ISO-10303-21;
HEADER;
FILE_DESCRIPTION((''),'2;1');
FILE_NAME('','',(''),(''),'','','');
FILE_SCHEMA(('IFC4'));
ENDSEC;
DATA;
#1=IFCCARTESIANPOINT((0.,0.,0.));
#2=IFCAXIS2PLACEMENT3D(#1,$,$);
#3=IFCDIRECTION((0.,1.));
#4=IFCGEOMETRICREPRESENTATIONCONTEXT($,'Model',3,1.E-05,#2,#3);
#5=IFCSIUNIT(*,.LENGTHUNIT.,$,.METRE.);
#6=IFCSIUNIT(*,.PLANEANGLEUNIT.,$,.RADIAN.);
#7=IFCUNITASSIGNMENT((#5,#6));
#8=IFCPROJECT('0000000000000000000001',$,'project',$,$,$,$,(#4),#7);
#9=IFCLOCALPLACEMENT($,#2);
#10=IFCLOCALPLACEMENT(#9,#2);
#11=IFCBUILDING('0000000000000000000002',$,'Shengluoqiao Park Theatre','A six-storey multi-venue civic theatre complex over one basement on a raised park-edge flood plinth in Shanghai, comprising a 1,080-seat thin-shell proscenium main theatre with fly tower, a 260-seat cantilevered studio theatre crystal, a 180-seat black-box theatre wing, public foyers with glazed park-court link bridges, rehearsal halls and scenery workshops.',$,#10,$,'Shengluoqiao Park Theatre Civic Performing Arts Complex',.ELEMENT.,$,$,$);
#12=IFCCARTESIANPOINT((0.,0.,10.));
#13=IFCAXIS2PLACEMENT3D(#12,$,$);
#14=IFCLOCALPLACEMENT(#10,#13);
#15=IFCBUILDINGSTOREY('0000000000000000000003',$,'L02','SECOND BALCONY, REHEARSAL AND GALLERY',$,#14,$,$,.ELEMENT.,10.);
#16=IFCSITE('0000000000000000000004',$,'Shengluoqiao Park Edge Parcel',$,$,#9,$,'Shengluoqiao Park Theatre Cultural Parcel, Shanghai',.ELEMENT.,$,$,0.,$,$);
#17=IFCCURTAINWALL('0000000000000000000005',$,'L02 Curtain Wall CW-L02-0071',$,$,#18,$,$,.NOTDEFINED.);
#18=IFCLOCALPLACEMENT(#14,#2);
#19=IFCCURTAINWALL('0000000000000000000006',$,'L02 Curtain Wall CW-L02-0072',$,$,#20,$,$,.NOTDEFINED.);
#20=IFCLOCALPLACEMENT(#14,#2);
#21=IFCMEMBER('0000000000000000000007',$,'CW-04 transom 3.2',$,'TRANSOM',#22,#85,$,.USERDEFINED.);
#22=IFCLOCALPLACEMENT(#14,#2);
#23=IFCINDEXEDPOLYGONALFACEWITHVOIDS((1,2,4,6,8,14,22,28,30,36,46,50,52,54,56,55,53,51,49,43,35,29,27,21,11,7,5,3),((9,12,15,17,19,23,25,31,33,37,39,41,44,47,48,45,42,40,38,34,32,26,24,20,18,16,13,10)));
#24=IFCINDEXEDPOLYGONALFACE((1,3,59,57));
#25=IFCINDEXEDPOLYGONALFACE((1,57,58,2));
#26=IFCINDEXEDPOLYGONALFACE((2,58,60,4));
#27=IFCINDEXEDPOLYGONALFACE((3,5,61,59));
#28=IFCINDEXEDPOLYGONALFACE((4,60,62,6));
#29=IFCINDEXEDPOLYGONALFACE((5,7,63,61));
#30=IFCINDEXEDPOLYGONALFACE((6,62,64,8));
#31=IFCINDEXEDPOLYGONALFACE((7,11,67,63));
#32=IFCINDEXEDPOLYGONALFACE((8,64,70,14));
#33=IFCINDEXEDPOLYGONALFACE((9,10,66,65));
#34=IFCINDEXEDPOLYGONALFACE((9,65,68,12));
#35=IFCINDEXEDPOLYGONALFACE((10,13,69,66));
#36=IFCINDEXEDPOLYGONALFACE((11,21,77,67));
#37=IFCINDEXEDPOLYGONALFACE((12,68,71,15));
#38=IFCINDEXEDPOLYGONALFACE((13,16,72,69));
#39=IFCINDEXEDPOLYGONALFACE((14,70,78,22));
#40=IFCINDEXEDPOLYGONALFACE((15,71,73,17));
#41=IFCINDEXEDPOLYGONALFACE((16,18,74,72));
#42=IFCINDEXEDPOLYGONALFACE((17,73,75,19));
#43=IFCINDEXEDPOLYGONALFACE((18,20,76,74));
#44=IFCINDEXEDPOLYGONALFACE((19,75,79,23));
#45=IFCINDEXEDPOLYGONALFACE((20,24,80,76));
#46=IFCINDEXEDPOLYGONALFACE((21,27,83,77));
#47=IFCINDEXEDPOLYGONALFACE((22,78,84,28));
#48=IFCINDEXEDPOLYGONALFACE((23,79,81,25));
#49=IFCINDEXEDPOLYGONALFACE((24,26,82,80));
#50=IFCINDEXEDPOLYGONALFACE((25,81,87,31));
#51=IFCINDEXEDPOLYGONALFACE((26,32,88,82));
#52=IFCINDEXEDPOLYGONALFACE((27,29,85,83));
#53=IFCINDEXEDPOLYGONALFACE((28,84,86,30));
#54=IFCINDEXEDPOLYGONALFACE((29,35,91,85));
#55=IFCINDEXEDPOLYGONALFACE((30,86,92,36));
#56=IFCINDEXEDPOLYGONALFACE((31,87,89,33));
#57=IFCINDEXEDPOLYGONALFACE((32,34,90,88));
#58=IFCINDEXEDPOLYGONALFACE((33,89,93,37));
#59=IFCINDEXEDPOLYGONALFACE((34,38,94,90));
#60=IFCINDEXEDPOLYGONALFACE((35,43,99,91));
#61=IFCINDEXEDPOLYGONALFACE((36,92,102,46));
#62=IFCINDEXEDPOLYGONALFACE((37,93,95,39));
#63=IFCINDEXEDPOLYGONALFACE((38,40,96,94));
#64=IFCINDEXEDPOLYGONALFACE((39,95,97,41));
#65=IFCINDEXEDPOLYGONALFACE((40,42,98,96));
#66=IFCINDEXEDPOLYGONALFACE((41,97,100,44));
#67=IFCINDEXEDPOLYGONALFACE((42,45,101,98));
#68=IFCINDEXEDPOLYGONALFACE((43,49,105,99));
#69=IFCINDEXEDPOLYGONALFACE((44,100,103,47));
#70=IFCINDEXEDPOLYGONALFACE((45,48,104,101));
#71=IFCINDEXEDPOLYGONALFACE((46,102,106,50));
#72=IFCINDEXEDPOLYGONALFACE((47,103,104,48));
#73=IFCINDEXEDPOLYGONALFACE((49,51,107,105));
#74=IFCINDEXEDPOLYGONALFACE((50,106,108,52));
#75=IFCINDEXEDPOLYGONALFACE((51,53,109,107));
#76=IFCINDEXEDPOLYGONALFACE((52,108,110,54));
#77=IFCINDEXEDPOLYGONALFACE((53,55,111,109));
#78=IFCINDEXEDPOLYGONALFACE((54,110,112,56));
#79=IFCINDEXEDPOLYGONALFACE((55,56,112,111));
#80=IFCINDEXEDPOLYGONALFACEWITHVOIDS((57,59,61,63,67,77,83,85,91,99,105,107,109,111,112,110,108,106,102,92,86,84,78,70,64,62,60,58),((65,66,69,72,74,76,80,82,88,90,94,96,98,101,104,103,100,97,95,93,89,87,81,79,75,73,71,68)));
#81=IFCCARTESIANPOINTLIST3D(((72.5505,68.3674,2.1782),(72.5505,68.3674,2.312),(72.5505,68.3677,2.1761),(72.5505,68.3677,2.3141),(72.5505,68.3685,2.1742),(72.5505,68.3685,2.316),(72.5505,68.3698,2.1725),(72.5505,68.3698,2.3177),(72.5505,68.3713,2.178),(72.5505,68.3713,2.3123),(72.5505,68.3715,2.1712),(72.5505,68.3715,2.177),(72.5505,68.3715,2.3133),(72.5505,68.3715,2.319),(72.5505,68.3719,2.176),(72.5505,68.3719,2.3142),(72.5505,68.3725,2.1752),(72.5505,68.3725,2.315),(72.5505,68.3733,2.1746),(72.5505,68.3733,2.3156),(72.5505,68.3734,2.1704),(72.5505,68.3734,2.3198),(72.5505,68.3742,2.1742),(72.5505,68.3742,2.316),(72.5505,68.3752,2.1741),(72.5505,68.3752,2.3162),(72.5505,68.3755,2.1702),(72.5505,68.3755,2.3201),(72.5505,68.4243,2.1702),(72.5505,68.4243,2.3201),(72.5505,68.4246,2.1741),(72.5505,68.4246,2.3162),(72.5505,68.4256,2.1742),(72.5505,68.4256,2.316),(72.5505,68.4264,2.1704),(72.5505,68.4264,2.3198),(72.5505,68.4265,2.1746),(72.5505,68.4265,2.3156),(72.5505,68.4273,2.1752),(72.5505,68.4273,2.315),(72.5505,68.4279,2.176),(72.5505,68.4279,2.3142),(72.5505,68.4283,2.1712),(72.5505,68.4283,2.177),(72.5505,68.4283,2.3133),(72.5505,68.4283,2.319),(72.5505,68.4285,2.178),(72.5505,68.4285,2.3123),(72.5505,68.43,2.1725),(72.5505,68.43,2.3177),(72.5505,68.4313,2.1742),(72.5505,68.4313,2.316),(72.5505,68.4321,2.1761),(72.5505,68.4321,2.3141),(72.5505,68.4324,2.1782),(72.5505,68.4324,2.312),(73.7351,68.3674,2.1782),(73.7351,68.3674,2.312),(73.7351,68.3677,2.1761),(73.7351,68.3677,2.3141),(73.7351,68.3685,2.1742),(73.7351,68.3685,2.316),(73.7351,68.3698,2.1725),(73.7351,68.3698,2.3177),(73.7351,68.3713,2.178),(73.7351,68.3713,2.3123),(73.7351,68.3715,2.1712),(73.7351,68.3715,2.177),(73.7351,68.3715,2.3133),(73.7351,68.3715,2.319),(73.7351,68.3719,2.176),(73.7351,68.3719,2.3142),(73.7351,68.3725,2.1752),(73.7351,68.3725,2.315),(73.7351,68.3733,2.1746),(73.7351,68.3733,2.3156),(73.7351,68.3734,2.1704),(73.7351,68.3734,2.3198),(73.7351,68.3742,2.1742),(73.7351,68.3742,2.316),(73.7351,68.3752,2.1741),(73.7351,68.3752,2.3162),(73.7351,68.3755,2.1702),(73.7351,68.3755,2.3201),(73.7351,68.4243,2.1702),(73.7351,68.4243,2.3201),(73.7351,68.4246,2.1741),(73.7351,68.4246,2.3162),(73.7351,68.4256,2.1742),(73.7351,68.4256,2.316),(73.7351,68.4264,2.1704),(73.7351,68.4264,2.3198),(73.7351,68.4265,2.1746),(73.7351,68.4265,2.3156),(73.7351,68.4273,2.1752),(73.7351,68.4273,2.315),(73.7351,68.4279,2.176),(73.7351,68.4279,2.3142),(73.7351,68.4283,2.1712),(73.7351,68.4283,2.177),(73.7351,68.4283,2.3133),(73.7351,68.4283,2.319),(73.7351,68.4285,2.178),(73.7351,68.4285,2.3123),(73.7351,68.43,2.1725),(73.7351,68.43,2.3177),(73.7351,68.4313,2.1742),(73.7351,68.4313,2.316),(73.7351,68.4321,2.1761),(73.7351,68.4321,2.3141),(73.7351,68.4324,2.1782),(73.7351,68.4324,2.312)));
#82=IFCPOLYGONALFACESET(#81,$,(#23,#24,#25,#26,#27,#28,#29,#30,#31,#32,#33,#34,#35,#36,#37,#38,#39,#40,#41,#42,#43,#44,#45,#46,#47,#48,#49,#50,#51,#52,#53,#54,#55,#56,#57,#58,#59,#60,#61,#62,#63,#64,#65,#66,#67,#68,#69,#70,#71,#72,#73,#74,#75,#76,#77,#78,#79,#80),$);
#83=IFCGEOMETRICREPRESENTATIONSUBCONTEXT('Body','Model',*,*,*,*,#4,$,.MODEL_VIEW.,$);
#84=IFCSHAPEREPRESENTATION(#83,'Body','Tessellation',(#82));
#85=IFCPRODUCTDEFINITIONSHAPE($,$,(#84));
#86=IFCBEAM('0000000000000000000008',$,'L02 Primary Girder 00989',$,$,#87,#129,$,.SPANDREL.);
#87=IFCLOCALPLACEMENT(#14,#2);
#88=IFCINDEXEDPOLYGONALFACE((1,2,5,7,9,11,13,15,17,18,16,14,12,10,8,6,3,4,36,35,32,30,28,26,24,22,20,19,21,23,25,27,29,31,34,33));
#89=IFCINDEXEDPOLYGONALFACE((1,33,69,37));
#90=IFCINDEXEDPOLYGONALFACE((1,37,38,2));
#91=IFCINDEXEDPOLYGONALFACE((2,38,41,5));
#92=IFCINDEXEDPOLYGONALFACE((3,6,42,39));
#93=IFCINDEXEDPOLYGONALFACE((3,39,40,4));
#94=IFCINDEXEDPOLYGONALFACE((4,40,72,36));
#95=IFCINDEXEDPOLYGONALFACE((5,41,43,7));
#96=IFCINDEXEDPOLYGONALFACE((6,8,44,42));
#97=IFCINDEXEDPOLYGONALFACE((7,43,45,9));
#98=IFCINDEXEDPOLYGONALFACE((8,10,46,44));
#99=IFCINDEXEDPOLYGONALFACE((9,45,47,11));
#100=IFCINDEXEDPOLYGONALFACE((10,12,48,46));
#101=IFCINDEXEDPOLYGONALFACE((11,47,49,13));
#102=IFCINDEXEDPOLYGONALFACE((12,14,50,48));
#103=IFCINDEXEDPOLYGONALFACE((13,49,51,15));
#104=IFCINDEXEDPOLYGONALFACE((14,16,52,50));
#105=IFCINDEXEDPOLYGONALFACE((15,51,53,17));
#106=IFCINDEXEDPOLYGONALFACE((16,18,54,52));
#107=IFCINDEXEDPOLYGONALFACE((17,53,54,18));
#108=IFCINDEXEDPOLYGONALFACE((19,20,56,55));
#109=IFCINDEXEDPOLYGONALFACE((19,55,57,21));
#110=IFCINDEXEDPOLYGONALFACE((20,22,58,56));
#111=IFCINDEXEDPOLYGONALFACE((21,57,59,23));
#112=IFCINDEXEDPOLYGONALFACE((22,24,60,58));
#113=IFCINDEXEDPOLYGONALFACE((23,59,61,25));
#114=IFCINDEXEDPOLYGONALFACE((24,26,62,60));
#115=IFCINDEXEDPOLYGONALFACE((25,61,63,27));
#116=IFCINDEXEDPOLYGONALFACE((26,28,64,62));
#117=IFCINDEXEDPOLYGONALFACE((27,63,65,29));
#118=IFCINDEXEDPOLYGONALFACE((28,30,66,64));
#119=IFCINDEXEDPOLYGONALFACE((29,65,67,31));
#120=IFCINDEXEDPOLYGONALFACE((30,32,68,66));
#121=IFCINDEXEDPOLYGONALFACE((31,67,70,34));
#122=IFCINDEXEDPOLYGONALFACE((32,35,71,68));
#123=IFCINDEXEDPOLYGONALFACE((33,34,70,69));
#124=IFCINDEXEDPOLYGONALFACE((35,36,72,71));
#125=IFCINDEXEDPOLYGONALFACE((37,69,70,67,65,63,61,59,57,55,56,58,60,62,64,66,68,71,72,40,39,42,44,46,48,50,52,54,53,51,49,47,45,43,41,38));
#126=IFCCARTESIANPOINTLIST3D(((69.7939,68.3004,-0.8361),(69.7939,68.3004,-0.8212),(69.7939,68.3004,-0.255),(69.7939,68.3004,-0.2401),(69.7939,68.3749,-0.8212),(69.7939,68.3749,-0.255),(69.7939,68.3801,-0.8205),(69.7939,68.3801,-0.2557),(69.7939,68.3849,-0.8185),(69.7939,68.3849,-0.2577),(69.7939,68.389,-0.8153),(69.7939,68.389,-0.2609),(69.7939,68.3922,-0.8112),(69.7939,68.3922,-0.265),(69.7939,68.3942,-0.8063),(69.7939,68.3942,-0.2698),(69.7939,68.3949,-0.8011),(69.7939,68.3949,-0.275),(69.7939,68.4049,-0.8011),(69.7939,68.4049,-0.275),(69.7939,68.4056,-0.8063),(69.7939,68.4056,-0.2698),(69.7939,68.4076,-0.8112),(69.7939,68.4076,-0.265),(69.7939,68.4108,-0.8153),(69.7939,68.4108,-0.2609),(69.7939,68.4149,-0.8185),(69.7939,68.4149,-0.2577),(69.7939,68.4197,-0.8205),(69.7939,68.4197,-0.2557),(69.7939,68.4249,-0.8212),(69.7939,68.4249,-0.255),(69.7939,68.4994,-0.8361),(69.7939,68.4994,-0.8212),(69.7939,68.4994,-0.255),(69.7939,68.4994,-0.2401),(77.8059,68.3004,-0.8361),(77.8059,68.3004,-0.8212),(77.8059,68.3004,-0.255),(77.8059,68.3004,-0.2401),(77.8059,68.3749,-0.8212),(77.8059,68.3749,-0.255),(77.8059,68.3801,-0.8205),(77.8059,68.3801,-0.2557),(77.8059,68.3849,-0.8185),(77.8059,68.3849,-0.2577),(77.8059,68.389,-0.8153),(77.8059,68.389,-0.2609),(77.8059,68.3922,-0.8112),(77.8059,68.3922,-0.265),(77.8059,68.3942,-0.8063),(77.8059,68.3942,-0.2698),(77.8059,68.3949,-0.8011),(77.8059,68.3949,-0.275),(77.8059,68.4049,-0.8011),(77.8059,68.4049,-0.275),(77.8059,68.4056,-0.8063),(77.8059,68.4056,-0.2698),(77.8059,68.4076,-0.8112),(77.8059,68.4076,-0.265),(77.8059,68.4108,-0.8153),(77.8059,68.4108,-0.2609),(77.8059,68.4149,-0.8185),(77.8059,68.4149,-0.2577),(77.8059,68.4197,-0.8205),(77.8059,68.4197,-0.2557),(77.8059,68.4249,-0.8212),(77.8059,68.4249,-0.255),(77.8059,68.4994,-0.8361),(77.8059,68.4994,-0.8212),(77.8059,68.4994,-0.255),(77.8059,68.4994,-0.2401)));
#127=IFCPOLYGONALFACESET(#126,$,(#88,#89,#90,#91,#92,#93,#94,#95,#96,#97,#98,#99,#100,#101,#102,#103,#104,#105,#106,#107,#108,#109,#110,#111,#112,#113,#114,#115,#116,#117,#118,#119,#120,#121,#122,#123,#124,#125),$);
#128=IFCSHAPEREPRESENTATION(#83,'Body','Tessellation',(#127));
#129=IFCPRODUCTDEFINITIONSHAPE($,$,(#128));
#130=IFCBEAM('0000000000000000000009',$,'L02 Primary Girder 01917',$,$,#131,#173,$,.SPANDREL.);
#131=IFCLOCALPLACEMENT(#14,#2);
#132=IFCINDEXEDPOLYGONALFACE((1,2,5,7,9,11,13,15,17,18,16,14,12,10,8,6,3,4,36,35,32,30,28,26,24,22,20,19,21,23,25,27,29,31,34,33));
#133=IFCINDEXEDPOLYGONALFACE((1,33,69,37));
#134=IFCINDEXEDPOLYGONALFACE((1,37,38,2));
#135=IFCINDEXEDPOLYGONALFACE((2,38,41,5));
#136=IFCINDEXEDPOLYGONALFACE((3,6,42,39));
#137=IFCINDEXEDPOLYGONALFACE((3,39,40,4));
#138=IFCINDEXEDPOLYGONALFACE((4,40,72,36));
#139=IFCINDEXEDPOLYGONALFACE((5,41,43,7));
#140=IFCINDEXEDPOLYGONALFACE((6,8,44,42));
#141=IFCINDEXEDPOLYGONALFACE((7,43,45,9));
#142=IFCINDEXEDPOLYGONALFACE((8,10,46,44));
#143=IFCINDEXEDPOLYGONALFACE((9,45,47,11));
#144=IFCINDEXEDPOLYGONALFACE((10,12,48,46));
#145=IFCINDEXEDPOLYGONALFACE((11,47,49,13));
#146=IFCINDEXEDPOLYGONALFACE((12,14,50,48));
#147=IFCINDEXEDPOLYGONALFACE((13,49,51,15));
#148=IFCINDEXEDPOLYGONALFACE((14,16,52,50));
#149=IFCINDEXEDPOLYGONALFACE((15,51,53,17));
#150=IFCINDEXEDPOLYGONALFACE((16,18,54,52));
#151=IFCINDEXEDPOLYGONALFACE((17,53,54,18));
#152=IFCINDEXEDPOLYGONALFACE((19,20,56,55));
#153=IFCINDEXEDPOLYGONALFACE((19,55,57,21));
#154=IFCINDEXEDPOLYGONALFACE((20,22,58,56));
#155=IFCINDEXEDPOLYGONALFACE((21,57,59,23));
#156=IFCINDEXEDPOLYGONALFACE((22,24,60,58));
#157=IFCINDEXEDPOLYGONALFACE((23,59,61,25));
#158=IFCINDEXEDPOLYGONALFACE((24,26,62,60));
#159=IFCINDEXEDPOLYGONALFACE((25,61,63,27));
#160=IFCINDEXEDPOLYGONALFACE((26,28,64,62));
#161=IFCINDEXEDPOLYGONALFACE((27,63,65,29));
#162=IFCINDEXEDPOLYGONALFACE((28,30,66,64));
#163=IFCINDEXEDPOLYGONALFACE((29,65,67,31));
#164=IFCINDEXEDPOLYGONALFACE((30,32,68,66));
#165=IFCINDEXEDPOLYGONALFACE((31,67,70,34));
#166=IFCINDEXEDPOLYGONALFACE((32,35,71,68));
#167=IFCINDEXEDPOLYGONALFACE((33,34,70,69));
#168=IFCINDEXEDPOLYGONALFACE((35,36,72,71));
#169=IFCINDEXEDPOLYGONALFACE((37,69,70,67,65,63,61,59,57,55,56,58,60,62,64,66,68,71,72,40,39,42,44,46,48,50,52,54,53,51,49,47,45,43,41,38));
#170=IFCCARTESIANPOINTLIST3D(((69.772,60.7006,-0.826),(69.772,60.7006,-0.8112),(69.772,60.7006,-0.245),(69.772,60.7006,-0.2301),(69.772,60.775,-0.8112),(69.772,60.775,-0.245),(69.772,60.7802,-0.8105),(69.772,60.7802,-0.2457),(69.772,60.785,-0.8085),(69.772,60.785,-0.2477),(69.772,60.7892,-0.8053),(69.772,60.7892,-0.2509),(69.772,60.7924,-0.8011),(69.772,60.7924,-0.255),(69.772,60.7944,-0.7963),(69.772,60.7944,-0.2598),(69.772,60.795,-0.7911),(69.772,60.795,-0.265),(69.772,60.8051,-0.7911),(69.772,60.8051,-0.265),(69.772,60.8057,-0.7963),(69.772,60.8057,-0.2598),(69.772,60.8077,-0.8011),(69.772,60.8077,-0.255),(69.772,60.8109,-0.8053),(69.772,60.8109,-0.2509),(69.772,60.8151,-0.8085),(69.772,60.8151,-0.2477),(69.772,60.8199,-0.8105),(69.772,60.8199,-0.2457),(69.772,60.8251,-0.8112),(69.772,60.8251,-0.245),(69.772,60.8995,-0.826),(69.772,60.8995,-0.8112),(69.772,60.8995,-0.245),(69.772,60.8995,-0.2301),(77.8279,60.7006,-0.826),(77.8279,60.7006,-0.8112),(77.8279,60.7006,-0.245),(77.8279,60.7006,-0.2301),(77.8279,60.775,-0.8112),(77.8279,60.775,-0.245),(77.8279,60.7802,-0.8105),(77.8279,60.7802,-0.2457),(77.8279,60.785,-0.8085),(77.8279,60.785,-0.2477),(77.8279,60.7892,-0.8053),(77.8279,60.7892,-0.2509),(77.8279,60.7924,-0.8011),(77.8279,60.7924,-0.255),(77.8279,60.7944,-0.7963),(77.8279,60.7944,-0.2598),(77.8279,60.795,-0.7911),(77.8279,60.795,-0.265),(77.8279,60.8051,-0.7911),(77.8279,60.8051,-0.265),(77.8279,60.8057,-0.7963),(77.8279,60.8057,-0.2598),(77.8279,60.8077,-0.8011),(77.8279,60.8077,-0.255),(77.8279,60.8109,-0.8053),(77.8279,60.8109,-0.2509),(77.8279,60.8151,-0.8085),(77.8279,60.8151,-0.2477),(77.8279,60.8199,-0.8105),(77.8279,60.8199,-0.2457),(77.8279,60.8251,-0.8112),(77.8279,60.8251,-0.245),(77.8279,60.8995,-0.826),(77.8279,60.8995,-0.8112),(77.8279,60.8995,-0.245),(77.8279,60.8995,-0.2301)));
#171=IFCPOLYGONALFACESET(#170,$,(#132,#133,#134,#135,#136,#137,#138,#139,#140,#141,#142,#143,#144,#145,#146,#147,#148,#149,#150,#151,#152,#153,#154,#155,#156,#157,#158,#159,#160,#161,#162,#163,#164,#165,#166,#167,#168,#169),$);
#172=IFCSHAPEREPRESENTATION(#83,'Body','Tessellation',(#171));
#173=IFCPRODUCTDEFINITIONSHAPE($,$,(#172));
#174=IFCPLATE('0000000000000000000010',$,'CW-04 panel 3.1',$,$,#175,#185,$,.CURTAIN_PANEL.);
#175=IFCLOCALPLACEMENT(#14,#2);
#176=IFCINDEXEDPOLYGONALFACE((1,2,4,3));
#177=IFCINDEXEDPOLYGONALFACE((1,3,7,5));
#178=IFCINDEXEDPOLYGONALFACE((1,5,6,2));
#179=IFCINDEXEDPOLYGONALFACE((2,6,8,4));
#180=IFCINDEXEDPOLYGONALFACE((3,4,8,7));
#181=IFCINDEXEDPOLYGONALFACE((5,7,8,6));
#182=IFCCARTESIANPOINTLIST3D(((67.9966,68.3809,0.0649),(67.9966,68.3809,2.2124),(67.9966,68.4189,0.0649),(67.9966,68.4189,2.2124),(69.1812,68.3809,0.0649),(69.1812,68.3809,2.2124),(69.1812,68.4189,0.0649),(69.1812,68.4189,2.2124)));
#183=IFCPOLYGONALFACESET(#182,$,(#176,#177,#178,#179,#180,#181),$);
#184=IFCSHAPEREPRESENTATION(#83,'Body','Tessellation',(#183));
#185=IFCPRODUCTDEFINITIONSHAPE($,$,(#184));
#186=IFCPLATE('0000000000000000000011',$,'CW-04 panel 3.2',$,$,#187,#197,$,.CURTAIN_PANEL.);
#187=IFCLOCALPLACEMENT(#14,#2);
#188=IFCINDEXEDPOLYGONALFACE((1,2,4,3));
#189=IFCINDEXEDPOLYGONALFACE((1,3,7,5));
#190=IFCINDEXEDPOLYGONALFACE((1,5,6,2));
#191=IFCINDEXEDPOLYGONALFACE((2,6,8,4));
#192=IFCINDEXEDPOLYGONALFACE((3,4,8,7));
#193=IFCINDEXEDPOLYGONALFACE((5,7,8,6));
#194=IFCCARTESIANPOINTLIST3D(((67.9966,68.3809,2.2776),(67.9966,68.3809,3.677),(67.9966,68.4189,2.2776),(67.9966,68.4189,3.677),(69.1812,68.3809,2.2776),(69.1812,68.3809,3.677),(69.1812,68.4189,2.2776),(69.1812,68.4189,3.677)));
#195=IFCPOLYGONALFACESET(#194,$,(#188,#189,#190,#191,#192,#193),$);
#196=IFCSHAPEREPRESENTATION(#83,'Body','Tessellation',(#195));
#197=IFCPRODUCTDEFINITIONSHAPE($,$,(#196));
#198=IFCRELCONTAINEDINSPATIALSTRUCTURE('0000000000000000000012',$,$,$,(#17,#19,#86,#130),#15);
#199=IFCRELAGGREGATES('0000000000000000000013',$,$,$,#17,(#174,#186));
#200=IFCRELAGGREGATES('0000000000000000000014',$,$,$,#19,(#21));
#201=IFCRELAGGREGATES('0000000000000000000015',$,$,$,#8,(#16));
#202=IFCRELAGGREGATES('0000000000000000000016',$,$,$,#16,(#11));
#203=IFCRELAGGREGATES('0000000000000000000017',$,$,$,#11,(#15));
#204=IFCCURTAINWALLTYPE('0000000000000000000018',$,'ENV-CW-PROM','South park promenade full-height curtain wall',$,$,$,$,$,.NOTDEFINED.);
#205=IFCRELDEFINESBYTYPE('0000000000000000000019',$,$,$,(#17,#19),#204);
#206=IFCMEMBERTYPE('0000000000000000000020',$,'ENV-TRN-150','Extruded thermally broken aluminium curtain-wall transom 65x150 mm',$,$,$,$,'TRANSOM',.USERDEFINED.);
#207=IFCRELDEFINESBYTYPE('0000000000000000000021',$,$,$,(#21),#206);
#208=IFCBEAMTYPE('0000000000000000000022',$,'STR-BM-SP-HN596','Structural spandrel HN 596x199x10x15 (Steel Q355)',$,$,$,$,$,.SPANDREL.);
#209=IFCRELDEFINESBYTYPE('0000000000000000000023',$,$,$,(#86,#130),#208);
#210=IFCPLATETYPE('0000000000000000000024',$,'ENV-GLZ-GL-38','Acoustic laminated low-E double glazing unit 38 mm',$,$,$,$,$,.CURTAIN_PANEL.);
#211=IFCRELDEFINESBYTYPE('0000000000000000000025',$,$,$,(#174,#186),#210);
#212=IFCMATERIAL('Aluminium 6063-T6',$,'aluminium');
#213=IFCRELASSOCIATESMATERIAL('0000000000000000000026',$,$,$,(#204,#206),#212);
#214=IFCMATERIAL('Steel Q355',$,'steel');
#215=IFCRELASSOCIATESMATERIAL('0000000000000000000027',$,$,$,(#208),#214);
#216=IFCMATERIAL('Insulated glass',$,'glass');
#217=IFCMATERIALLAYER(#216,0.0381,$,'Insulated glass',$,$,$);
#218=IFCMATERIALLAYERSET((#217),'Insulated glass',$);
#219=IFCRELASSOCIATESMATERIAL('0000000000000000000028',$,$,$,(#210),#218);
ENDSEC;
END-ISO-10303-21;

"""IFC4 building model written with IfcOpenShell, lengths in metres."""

from ifc_helpers import new_model, si_unit, direction, frame, origin, origin_2d, place, context, subcontext, project, spatial, rectangle, hollow_rectangle, i_section, extrude, material, layer, layer_set, material_profile, profile_set, type_object, element, aggregate, save


model = new_model("IFC4")

# Units and contexts
model_context = context("Model", 3, precision=1e-05, world=origin(), true_north=direction((0.0, 1.0)))
body_context = subcontext(model_context, "Body", "Model", "MODEL_VIEW")
ifc_project = project(units=[si_unit("LENGTHUNIT", "METRE"), si_unit("PLANEANGLEUNIT", "RADIAN")], contexts=[model_context])

# Site, building, storey
site_placement = place(None, origin())
site = spatial("IfcSite", under=ifc_project, at=site_placement, Name="Shengluoqiao Park Edge Parcel", LongName="Shengluoqiao Park Theatre Cultural Parcel, Shanghai", CompositionType="ELEMENT", RefElevation=0.0)
building_placement = place(site_placement, origin())
building = spatial("IfcBuilding", under=site, at=building_placement, Name="Shengluoqiao Park Theatre", Description="A six-storey multi-venue civic theatre complex over one basement on a raised park-edge flood plinth in Shanghai, comprising a 1,080-seat thin-shell proscenium main theatre with fly tower, a 260-seat cantilevered studio theatre crystal, a 180-seat black-box theatre wing, public foyers with glazed park-court link bridges, rehearsal halls and scenery workshops.", LongName="Shengluoqiao Park Theatre Civic Performing Arts Complex", CompositionType="ELEMENT")
storey_placement = place(building_placement, frame((0.0, 0.0, 10.0)))
storey = spatial("IfcBuildingStorey", under=building, at=storey_placement, Name="L02", Description="SECOND BALCONY, REHEARSAL AND GALLERY", CompositionType="ELEMENT", Elevation=10.0)

# Curtain wall
ifc_material_1 = material(Name="Aluminium 6063-T6", Category="aluminium")
curtain_wall_type = type_object("IfcCurtainWallType", Name="ENV-CW-PROM", Description="South park promenade full-height curtain wall", PredefinedType="NOTDEFINED", material=ifc_material_1)
curtain_wall_1_placement = place(storey_placement, origin())
curtain_wall_1 = element("IfcCurtainWall", 1, at=curtain_wall_1_placement, inside=storey, type_object=curtain_wall_type, Name="L02 Curtain Wall CW-L02-0071", PredefinedType="NOTDEFINED")

# Curtain wall
curtain_wall_2_placement = place(storey_placement, origin())
curtain_wall_2 = element("IfcCurtainWall", 2, at=curtain_wall_2_placement, inside=storey, type_object=curtain_wall_type, Name="L02 Curtain Wall CW-L02-0072", PredefinedType="NOTDEFINED")

# Member
ifc_material_profile_1 = material_profile(ifc_material_1, hollow_rectangle(XDim=0.0649, YDim=0.1499, WallThickness=0.0039, InnerFilletRadius=0.0039, OuterFilletRadius=0.0081, at=origin_2d()), Name="ALU TRANSOM 150x65x4")
ifc_profile_set_1 = profile_set([ifc_material_profile_1], Name="Aluminium 6063-T6")
member_type_1 = type_object("IfcMemberType", Name="ENV-TRN-150", Description="Extruded thermally broken aluminium curtain-wall transom 65x150 mm", ElementType="TRANSOM", PredefinedType="USERDEFINED", material=ifc_profile_set_1)
member_1_placement = place(storey_placement, frame((72.5505, 68.3999, 2.2451), z_axis=(1.0, 0.0, 0.0), x_axis=(0.0, 1.0, 0.0)))
member_1 = element("IfcMember", 3, at=member_1_placement, type_object=member_type_1, Name="CW-04 transom 3.2", ObjectType="TRANSOM", PredefinedType="USERDEFINED", context=body_context, shape_type="SweptSolid", body=[
    extrude(hollow_rectangle(XDim=0.0649, YDim=0.1499, WallThickness=0.0039, InnerFilletRadius=0.0039, OuterFilletRadius=0.0081, at=origin_2d()), origin(), (0.0, 0.0, 1.0), 1.1846),
])

# Beams
ifc_material_2 = material(Name="Steel Q355", Category="steel")
ifc_material_profile_2 = material_profile(ifc_material_2, i_section(OverallWidth=0.199, OverallDepth=0.5959, WebThickness=0.01, FlangeThickness=0.0149, FilletRadius=0.02, at=origin_2d()), Name="HN 596x199x10x15")
ifc_profile_set_2 = profile_set([ifc_material_profile_2], Name="Steel Q355")
beam_type = type_object("IfcBeamType", Name="STR-BM-SP-HN596", Description="Structural spandrel HN 596x199x10x15 (Steel Q355)", PredefinedType="SPANDREL", material=ifc_profile_set_2)
beam_1_placement = place(storey_placement, frame((69.7939, 68.3999, -0.5381), z_axis=(1.0, 0.0, 0.0), x_axis=(0.0, 1.0, 0.0)))
element("IfcBeam", 4, at=beam_1_placement, inside=storey, type_object=beam_type, Name="L02 Primary Girder 00989", PredefinedType="SPANDREL", context=body_context, shape_type="SweptSolid", body=[
    extrude(i_section(OverallWidth=0.199, OverallDepth=0.5959, WebThickness=0.01, FlangeThickness=0.0149, FilletRadius=0.02, at=origin_2d()), origin(), (0.0, 0.0, 1.0), 8.012),
])
beam_2_placement = place(storey_placement, frame((69.772, 60.8, -0.5281), z_axis=(1.0, 0.0, 0.0), x_axis=(0.0, 1.0, 0.0)))
element("IfcBeam", 5, at=beam_2_placement, inside=storey, type_object=beam_type, Name="L02 Primary Girder 01917", PredefinedType="SPANDREL", context=body_context, shape_type="SweptSolid", body=[
    extrude(i_section(OverallWidth=0.199, OverallDepth=0.5959, WebThickness=0.01, FlangeThickness=0.0149, FilletRadius=0.02, at=origin_2d()), origin(), (0.0, 0.0, 1.0), 8.0559),
])

# Plates
ifc_material_3 = material(Name="Insulated glass", Category="glass")
ifc_layer = layer(ifc_material_3, 0.0381, Name="Insulated glass")
ifc_layer_set = layer_set([ifc_layer], Name="Insulated glass")
plate_type = type_object("IfcPlateType", Name="ENV-GLZ-GL-38", Description="Acoustic laminated low-E double glazing unit 38 mm", PredefinedType="CURTAIN_PANEL", material=ifc_layer_set)
plate_1_placement = place(storey_placement, frame((68.5889, 68.3999, 0.0649), z_axis=(0.0, 0.0, 1.0), x_axis=(1.0, 0.0, 0.0)))
plate_1 = element("IfcPlate", 6, at=plate_1_placement, type_object=plate_type, Name="CW-04 panel 3.1", PredefinedType="CURTAIN_PANEL", context=body_context, shape_type="SweptSolid", body=[
    extrude(rectangle(XDim=1.1846, YDim=0.0381, at=origin_2d()), origin(), (0.0, 0.0, 1.0), 2.1475),
])
plate_2_placement = place(storey_placement, frame((68.5889, 68.3999, 2.2776), z_axis=(0.0, 0.0, 1.0), x_axis=(1.0, 0.0, 0.0)))
plate_2 = element("IfcPlate", 7, at=plate_2_placement, type_object=plate_type, Name="CW-04 panel 3.2", PredefinedType="CURTAIN_PANEL", context=body_context, shape_type="SweptSolid", body=[
    extrude(rectangle(XDim=1.1846, YDim=0.0381, at=origin_2d()), origin(), (0.0, 0.0, 1.0), 1.3994),
])
aggregate(curtain_wall_1, [plate_1, plate_2])
aggregate(curtain_wall_2, [member_1])

save(model, "model.ifc")
